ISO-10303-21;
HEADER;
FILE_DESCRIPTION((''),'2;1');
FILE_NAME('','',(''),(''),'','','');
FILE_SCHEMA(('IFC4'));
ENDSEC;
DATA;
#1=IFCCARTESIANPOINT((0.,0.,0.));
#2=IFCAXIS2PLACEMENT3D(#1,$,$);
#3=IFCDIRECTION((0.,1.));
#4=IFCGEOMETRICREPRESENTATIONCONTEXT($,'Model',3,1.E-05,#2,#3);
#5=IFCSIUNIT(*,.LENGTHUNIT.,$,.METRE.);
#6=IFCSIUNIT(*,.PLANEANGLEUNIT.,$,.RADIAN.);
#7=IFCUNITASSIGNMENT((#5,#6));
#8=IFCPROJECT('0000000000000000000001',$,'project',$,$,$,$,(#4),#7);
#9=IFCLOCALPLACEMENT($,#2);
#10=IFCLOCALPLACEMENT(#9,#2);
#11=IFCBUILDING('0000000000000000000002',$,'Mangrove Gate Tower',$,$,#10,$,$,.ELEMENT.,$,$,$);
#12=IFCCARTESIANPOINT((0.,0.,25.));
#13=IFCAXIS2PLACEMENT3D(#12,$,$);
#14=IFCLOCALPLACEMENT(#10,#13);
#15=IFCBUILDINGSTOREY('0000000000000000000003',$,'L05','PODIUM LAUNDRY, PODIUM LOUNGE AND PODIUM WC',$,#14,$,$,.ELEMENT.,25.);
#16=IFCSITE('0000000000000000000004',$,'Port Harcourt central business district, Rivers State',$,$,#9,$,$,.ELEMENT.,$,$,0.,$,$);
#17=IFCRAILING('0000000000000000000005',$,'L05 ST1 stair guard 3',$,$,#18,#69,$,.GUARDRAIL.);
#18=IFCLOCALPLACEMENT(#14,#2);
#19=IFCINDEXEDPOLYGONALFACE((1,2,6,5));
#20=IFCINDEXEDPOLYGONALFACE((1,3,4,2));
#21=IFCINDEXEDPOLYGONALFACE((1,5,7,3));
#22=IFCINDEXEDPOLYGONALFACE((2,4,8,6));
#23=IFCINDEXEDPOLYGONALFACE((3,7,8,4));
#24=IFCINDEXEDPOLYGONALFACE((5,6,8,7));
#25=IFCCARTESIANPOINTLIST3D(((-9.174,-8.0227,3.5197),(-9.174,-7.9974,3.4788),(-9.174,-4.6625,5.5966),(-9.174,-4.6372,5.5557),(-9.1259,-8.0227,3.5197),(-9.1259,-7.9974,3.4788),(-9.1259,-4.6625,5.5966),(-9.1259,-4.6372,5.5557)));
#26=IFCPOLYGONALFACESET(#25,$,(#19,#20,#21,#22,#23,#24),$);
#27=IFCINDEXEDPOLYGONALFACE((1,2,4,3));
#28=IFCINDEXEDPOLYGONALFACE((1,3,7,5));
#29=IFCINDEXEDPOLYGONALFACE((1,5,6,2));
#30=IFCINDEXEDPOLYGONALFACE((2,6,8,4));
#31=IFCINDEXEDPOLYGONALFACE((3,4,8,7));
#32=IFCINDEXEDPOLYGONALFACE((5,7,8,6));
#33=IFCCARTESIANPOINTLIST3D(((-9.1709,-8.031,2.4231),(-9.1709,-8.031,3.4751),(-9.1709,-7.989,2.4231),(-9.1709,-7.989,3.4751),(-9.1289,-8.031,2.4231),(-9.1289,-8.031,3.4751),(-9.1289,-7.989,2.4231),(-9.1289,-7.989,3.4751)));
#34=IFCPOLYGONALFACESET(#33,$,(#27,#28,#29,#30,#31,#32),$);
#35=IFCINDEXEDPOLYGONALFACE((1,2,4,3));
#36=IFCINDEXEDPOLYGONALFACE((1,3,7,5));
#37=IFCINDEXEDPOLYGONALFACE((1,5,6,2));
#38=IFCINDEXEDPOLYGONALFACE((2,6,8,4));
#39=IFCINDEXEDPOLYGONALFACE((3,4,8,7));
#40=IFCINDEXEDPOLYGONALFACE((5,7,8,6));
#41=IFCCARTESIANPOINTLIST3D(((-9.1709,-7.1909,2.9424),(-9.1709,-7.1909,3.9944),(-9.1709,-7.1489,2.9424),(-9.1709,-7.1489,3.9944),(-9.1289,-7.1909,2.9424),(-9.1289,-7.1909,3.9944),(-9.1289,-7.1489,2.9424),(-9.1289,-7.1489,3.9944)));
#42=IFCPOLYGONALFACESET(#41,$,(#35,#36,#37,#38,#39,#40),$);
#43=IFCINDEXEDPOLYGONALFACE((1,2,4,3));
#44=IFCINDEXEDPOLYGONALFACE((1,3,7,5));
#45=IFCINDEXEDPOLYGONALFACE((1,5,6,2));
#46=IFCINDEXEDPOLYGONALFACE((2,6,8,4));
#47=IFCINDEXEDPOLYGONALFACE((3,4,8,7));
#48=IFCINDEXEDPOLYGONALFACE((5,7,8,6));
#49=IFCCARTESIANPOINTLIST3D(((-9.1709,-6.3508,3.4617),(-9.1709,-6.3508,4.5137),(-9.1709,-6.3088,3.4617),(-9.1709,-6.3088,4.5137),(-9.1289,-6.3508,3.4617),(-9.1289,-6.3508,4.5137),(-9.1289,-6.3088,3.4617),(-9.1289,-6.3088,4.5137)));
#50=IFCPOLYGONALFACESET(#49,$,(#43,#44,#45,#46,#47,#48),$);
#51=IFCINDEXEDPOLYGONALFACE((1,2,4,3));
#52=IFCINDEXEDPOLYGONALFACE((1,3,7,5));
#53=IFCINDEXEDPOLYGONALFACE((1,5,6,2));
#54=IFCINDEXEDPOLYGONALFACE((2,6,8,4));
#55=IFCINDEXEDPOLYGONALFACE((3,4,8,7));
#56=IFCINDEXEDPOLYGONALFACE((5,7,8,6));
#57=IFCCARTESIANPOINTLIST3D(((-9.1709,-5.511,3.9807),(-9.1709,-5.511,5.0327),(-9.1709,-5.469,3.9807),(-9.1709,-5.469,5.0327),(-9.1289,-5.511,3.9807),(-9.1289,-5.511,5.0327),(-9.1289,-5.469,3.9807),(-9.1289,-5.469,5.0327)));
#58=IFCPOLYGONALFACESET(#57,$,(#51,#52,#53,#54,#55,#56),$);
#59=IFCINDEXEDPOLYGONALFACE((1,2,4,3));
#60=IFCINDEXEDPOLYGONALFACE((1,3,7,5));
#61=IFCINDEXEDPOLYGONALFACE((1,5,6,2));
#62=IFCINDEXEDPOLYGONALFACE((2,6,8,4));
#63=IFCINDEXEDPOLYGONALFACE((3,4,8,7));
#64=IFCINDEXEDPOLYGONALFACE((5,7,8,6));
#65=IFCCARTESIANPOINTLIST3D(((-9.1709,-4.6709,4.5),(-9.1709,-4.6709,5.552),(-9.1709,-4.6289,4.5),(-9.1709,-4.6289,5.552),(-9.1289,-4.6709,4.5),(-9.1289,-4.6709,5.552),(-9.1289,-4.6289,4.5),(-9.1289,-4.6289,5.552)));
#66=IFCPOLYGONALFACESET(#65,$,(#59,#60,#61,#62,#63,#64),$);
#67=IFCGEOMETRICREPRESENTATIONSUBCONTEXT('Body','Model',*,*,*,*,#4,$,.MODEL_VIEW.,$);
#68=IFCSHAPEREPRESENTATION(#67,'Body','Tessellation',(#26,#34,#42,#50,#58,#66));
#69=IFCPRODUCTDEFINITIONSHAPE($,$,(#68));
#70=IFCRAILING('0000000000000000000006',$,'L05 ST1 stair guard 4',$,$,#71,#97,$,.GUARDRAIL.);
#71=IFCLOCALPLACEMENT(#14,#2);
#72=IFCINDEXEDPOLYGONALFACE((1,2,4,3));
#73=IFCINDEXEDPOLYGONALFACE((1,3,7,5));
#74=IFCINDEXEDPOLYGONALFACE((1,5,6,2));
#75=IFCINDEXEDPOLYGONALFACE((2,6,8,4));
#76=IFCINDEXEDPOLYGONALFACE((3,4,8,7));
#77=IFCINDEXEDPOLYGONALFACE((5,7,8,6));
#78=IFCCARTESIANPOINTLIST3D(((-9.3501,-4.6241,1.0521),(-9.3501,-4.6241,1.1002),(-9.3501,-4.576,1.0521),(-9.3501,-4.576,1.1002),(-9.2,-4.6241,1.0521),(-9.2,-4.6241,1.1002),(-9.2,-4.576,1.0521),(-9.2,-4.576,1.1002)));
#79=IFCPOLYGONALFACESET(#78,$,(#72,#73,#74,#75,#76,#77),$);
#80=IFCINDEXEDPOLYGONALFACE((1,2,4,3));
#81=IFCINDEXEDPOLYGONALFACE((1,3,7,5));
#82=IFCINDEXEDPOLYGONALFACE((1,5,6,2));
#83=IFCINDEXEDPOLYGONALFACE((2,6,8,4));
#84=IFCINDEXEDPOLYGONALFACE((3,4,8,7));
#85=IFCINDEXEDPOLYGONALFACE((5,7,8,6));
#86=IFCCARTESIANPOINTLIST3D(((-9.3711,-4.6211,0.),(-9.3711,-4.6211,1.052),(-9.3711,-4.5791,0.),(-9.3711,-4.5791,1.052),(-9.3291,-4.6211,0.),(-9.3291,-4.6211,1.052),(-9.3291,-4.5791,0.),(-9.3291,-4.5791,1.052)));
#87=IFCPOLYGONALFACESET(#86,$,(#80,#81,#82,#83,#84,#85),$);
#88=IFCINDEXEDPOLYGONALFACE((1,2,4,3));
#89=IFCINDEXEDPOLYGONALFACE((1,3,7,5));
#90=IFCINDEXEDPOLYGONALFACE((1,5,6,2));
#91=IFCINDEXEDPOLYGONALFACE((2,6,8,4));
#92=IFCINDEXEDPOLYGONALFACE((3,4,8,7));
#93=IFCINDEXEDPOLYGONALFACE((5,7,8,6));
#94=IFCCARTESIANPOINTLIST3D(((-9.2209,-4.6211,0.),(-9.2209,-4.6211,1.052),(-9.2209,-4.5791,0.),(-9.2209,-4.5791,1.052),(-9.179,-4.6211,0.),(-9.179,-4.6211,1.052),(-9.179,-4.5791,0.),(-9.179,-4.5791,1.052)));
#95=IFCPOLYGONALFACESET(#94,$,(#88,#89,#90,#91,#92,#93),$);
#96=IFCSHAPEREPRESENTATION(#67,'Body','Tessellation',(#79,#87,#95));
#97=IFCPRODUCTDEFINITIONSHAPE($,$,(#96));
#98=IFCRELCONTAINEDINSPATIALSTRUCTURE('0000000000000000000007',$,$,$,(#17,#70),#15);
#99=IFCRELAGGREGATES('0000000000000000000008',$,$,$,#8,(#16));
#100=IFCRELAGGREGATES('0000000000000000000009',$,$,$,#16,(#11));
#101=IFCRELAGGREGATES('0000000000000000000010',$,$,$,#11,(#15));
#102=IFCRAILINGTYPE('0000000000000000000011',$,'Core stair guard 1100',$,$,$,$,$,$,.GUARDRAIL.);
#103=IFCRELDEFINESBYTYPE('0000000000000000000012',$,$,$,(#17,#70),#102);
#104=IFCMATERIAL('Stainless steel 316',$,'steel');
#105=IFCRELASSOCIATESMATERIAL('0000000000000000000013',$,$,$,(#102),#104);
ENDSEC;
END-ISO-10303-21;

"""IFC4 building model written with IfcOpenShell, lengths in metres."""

from ifc_helpers import new_model, si_unit, direction, frame, origin, origin_2d, place, context, subcontext, project, spatial, rectangle, extrude, material, type_object, element, save


model = new_model("IFC4")

# Units and contexts
model_context = context("Model", 3, precision=1e-05, world=origin(), true_north=direction((0.0, 1.0)))
body_context = subcontext(model_context, "Body", "Model", "MODEL_VIEW")
ifc_project = project(units=[si_unit("LENGTHUNIT", "METRE"), si_unit("PLANEANGLEUNIT", "RADIAN")], contexts=[model_context])

# Site, building, storey
site_placement = place(None, origin())
site = spatial("IfcSite", under=ifc_project, at=site_placement, Name="Port Harcourt central business district, Rivers State", CompositionType="ELEMENT", RefElevation=0.0)
building_placement = place(site_placement, origin())
building = spatial("IfcBuilding", under=site, at=building_placement, Name="Mangrove Gate Tower", CompositionType="ELEMENT")
storey_placement = place(building_placement, frame((0.0, 0.0, 25.0)))
storey = spatial("IfcBuildingStorey", under=building, at=storey_placement, Name="L05", Description="PODIUM LAUNDRY, PODIUM LOUNGE AND PODIUM WC", CompositionType="ELEMENT", Elevation=25.0)

# Railings
ifc_material_1 = material(Name="Stainless steel 316", Category="steel")
railing_type_1 = type_object("IfcRailingType", Name="Core stair guard 1100", PredefinedType="GUARDRAIL", material=ifc_material_1)
railing_1_placement = place(storey_placement, frame((-9.1499, -8.01, 2.4231)))
element("IfcRailing", 1, at=railing_1_placement, inside=storey, type_object=railing_type_1, Name="L05 ST1 stair guard 3", PredefinedType="GUARDRAIL", context=body_context, shape_type="SweptSolid", body=[
    extrude(rectangle(XDim=0.0481, YDim=0.0481, at=origin_2d()), frame((0.0, 0.0, 1.0762), z_axis=(0.0, 0.850623, 0.525776), x_axis=(-1.0, 0.0, 0.0)), (0.0, 0.0, 1.0), 3.9502),
    extrude(rectangle(XDim=0.042, YDim=0.042, at=origin_2d()), origin(), (0.0, 0.0, 1.0), 1.052),
    extrude(rectangle(XDim=0.042, YDim=0.042, at=origin_2d()), frame((0.0, 0.8401, 0.5193)), (0.0, 0.0, 1.0), 1.052),
    extrude(rectangle(XDim=0.042, YDim=0.042, at=origin_2d()), frame((0.0, 1.6802, 1.0386)), (0.0, 0.0, 1.0), 1.052),
    extrude(rectangle(XDim=0.042, YDim=0.042, at=origin_2d()), frame((0.0, 2.52, 1.5576)), (0.0, 0.0, 1.0), 1.052),
    extrude(rectangle(XDim=0.042, YDim=0.042, at=origin_2d()), frame((0.0, 3.3601, 2.0769)), (0.0, 0.0, 1.0), 1.052),
])
railing_2_placement = place(storey_placement, frame((-9.3501, -4.6001, 0.0)))
element("IfcRailing", 2, at=railing_2_placement, inside=storey, type_object=railing_type_1, Name="L05 ST1 stair guard 4", PredefinedType="GUARDRAIL", context=body_context, shape_type="SweptSolid", body=[
    extrude(rectangle(XDim=0.0481, YDim=0.0481, at=origin_2d()), frame((0.0, 0.0, 1.0762), z_axis=(1.0, 0.0, 0.0), x_axis=(0.0, 1.0, 0.0)), (0.0, 0.0, 1.0), 0.1501),
    extrude(rectangle(XDim=0.042, YDim=0.042, at=origin_2d()), origin(), (0.0, 0.0, 1.0), 1.052),
    extrude(rectangle(XDim=0.042, YDim=0.042, at=origin_2d()), frame((0.1501, 0.0, 0.0)), (0.0, 0.0, 1.0), 1.052),
])

save(model, "model.ifc")
